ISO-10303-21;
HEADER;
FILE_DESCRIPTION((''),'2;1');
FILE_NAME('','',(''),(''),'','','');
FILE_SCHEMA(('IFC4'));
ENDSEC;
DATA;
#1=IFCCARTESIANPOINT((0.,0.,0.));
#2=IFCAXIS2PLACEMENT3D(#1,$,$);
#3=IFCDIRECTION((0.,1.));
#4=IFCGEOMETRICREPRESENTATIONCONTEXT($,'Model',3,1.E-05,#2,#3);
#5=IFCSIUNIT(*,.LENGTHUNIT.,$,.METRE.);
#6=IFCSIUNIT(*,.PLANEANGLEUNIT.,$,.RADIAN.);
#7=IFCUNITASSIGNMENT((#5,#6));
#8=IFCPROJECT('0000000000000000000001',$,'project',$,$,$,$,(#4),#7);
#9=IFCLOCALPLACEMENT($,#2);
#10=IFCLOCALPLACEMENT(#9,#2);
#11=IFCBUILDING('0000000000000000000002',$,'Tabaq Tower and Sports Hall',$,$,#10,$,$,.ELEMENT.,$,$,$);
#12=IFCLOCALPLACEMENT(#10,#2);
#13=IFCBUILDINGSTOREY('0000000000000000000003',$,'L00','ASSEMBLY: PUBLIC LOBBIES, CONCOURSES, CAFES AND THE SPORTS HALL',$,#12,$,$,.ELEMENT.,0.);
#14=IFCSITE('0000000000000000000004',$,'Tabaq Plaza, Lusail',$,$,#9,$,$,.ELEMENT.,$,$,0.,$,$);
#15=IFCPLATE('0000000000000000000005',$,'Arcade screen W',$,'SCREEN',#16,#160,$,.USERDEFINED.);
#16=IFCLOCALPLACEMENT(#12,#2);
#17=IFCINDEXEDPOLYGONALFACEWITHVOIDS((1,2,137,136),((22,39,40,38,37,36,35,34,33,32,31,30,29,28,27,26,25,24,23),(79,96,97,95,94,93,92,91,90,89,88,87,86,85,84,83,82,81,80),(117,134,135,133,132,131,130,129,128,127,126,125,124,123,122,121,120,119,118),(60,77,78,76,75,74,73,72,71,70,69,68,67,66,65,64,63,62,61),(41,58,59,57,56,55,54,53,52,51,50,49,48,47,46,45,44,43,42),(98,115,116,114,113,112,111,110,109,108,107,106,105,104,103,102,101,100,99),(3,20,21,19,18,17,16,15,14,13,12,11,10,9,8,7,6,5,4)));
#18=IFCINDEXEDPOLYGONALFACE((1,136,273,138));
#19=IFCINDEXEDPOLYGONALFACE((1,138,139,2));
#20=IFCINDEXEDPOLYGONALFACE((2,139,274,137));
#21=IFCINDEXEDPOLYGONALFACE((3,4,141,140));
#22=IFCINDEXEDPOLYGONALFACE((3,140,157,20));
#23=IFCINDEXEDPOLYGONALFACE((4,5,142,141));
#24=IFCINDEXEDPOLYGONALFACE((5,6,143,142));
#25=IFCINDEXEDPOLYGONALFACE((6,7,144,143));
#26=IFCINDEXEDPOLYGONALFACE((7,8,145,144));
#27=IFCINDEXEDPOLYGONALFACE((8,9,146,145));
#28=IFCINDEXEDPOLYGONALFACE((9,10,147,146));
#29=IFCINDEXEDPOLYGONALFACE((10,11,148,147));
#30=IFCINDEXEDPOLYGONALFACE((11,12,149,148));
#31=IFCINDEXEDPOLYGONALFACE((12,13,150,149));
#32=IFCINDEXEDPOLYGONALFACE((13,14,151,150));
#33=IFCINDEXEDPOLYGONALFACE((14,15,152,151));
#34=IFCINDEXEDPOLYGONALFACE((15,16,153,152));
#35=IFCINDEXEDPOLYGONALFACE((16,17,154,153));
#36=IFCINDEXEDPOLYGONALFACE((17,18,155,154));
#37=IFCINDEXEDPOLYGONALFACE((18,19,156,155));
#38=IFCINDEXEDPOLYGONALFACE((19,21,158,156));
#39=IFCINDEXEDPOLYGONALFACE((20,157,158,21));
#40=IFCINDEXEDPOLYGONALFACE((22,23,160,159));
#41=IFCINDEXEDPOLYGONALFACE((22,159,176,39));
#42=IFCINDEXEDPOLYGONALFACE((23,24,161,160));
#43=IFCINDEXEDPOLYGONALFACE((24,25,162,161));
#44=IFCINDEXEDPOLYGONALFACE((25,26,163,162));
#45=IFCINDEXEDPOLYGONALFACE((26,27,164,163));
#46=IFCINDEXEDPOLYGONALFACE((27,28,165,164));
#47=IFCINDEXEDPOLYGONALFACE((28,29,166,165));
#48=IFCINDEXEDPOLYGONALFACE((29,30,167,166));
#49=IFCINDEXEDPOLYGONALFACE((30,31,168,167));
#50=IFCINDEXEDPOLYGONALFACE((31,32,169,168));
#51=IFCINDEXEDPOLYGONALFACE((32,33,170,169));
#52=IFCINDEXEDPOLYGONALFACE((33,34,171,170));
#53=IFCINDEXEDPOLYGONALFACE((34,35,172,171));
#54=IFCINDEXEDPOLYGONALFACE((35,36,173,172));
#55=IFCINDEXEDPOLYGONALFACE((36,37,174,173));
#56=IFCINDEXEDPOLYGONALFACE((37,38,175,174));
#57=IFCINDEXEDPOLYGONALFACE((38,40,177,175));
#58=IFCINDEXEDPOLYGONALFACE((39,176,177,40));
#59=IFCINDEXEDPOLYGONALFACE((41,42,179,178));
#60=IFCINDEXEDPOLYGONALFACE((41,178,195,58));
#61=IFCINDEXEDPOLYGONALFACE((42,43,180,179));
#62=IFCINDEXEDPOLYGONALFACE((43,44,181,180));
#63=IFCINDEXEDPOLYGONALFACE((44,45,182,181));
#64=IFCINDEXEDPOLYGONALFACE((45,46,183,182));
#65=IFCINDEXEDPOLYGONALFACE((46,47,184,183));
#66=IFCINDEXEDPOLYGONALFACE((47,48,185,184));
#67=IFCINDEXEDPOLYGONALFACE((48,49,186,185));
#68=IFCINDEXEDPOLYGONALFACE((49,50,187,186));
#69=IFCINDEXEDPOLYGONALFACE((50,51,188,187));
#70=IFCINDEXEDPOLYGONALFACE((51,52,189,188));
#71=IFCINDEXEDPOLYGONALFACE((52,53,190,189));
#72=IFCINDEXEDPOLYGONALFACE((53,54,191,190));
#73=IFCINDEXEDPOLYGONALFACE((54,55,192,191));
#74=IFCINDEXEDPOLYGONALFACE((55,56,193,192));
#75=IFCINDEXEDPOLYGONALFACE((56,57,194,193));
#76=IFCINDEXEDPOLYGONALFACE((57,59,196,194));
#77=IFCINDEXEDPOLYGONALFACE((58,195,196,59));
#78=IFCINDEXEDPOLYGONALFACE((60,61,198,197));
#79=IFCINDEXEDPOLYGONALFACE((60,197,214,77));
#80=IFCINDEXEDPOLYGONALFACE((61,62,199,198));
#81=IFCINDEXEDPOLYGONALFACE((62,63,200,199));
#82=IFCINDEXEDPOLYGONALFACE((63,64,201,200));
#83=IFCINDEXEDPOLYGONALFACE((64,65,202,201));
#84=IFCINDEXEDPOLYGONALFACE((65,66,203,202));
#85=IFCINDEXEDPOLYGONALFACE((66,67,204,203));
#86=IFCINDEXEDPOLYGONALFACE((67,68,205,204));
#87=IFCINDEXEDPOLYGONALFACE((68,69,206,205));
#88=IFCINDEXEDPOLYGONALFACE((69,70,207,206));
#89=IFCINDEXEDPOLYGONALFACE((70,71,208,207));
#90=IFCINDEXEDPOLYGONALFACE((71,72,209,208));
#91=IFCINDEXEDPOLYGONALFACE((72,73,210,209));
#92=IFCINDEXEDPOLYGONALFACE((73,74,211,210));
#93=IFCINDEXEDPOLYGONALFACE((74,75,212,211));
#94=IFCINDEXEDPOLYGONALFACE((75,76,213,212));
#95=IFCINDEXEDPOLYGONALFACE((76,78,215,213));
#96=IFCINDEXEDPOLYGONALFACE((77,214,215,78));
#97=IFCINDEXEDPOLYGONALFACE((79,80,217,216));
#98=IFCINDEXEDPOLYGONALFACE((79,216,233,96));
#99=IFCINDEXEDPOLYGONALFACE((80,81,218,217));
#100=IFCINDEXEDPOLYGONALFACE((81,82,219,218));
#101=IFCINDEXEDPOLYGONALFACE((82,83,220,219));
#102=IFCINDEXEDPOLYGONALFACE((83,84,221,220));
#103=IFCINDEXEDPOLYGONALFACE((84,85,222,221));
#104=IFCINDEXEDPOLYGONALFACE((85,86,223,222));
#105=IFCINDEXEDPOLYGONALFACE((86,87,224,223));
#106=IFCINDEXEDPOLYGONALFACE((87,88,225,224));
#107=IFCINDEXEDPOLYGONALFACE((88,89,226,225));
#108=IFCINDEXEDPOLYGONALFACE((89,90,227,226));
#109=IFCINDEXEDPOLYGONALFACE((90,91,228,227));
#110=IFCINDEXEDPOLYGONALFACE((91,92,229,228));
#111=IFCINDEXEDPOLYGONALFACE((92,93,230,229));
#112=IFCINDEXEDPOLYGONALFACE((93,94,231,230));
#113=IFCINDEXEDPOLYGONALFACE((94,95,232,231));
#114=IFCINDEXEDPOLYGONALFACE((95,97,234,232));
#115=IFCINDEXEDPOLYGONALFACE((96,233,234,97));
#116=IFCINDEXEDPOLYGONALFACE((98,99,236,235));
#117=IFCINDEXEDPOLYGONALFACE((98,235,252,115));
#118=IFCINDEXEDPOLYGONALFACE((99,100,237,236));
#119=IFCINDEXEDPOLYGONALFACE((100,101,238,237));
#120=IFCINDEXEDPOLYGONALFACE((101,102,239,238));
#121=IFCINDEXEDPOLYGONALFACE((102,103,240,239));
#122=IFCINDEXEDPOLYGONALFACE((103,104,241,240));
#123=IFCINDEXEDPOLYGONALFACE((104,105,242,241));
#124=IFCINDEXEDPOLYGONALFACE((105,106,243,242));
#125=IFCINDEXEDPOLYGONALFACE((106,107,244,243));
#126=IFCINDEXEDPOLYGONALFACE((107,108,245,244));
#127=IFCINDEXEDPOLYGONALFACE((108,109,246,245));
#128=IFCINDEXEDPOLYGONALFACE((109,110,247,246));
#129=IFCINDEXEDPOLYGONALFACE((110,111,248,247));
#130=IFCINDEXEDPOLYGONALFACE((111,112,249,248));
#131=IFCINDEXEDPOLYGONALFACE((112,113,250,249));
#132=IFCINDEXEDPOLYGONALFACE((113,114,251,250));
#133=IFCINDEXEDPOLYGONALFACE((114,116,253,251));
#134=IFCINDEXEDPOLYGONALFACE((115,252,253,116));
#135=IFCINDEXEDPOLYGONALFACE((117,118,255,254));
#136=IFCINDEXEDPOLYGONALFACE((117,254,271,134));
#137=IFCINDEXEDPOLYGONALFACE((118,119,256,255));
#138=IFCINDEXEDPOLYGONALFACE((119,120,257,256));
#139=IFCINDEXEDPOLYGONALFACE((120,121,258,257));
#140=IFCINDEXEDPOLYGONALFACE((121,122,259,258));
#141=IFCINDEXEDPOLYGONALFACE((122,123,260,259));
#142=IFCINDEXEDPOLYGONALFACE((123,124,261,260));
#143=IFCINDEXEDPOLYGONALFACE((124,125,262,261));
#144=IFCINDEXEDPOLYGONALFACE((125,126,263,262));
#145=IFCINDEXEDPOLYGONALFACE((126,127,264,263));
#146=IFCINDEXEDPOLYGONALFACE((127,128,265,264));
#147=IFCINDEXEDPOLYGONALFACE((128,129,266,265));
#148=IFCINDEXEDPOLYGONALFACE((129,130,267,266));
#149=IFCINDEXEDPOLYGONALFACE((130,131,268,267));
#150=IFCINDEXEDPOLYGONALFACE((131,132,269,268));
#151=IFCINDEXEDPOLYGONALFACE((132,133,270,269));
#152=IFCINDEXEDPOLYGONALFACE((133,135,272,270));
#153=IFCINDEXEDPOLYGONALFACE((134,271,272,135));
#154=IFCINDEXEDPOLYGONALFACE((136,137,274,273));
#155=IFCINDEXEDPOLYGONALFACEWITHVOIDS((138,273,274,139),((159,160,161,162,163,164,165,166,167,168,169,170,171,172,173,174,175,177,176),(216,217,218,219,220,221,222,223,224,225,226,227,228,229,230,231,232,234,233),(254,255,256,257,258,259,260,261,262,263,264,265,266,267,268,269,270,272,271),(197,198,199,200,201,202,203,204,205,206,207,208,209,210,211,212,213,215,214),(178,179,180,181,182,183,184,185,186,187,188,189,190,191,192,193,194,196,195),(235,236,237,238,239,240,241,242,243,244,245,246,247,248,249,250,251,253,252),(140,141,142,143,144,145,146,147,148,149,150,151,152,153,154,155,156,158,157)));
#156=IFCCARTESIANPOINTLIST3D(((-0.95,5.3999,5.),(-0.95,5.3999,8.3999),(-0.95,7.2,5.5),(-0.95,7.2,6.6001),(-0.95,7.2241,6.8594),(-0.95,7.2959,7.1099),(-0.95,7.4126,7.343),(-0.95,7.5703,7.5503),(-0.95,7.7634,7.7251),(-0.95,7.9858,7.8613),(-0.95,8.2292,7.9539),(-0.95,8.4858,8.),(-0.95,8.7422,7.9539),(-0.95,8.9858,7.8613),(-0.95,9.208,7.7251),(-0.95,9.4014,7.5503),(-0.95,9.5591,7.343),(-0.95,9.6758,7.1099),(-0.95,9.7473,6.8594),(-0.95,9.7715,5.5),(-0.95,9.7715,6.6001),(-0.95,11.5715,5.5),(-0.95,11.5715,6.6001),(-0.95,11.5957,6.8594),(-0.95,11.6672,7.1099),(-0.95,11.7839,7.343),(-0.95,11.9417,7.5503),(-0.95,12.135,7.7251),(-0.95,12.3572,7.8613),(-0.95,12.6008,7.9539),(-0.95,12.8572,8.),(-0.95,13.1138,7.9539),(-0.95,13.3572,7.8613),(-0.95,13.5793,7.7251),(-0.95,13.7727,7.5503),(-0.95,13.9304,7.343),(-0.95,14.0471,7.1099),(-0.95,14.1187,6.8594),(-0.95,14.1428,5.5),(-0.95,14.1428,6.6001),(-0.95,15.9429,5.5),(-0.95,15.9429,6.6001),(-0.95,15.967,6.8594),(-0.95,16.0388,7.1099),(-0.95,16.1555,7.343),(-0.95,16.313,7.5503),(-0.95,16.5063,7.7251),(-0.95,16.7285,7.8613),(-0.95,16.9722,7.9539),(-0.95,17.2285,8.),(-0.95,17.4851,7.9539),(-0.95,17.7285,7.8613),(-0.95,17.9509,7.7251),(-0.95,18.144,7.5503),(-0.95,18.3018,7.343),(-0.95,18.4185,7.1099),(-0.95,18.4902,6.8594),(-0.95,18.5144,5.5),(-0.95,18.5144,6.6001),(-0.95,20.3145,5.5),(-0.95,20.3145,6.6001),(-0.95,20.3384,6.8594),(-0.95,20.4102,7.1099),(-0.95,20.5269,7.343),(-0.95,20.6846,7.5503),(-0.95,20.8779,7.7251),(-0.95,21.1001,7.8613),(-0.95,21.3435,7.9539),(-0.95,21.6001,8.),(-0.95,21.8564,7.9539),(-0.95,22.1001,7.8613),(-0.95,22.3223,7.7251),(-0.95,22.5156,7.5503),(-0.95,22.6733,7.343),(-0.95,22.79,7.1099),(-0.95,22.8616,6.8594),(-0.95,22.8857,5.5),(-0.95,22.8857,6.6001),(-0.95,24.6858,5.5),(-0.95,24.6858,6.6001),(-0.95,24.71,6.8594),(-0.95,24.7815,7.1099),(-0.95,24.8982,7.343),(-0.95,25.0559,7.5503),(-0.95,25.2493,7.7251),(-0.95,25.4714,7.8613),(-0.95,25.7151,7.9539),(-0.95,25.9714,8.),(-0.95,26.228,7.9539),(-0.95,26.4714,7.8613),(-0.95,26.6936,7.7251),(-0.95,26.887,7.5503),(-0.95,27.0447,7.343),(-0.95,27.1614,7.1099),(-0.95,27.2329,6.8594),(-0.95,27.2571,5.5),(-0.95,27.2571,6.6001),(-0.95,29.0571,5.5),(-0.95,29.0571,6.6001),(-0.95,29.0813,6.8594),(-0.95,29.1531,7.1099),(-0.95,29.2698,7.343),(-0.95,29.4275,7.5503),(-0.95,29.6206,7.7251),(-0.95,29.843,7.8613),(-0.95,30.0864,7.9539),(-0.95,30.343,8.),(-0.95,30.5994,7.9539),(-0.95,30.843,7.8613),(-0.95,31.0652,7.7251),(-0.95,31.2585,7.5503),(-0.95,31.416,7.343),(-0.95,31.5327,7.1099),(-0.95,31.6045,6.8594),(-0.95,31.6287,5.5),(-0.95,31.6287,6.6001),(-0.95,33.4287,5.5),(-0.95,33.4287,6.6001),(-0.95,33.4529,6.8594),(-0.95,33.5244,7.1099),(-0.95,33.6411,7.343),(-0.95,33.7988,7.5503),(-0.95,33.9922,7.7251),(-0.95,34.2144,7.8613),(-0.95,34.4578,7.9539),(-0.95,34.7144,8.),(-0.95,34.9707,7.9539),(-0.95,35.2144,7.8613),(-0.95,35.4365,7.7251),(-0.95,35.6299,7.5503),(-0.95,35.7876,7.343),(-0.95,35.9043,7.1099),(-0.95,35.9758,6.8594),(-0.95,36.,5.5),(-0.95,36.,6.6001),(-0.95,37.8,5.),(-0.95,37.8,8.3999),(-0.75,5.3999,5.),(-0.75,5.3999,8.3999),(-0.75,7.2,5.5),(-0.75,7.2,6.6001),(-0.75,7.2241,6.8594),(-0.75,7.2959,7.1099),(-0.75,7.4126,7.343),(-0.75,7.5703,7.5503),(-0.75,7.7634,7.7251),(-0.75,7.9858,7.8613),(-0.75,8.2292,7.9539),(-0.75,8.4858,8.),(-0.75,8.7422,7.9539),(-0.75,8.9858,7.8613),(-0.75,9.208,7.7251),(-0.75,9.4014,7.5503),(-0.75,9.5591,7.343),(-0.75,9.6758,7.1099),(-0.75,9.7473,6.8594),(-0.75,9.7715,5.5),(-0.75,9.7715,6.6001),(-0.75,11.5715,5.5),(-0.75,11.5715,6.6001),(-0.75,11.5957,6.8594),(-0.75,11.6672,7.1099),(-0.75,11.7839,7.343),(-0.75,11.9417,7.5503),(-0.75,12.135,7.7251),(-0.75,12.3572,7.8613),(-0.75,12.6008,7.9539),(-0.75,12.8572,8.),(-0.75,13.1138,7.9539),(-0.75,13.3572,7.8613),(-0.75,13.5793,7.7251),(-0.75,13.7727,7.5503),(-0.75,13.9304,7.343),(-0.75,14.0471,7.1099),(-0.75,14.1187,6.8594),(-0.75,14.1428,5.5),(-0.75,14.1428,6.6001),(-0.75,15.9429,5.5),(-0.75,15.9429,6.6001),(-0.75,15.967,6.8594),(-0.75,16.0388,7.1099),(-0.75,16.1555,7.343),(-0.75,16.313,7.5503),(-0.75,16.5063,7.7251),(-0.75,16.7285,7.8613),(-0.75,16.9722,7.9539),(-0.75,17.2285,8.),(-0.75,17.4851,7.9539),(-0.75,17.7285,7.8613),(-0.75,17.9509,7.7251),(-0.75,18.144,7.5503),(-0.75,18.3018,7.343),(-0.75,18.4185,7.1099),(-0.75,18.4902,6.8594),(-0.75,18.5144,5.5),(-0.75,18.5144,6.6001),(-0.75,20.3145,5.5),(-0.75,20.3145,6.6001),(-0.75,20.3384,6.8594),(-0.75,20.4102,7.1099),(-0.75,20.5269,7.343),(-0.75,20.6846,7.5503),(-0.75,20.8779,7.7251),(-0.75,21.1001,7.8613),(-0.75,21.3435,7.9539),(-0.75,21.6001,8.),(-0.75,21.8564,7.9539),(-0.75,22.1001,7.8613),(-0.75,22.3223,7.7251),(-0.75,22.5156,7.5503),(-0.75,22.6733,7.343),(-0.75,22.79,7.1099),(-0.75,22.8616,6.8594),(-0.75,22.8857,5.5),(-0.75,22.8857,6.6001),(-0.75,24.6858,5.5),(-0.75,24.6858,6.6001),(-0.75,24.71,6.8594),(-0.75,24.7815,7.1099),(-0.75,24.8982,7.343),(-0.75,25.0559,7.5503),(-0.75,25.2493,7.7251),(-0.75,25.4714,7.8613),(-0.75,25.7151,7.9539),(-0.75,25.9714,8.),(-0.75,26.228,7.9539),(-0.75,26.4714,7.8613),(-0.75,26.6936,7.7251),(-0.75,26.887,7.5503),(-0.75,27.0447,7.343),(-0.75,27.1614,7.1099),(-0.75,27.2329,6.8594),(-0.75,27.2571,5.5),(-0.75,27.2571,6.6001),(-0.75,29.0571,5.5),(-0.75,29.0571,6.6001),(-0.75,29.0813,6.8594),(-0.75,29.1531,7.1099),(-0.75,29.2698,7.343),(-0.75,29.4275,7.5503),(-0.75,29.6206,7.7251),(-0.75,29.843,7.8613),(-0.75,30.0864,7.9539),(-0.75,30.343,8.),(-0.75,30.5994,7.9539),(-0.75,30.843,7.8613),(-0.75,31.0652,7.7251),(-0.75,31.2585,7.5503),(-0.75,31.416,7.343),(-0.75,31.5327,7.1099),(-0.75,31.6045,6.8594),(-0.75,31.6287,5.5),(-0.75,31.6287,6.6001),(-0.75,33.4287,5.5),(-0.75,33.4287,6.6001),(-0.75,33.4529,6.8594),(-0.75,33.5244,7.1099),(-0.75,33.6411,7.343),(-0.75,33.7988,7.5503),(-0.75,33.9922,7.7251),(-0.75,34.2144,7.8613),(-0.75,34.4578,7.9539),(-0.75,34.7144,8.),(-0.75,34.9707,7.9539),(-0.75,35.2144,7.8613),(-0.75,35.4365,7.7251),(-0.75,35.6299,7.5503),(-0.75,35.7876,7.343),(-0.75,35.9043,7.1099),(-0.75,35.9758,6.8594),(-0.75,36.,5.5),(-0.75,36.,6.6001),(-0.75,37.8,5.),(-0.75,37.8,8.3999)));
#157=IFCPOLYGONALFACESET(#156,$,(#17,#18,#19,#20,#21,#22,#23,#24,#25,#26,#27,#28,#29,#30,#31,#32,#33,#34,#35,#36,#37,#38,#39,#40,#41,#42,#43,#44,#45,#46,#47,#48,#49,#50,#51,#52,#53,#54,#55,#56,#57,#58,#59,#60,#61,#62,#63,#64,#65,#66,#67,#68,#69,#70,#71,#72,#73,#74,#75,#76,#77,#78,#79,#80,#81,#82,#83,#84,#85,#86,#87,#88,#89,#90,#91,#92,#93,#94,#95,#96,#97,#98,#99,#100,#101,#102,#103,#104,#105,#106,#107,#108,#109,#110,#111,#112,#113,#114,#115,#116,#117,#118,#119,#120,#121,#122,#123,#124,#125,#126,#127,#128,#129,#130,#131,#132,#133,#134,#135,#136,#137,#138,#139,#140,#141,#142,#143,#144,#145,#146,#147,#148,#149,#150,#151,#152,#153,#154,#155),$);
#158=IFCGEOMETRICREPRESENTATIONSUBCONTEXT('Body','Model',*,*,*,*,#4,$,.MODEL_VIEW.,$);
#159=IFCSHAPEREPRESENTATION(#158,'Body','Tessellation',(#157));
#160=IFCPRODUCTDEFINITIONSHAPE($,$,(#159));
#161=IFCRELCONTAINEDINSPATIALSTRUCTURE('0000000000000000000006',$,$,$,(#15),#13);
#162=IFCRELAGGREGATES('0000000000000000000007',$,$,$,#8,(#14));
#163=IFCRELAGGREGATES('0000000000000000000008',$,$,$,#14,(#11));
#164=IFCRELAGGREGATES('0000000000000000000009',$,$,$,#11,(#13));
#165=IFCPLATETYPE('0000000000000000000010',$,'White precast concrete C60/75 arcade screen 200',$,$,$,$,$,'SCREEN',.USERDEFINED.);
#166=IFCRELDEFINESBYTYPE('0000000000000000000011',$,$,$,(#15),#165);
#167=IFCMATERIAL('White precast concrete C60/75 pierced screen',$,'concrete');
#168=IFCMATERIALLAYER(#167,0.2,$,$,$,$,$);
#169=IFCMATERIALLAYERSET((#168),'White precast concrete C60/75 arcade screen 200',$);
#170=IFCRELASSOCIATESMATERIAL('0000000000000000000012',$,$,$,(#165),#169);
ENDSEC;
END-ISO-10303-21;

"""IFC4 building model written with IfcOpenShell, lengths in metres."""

from ifc_helpers import new_model, si_unit, direction, frame, origin, place, context, subcontext, project, spatial, polyline, outline, extrude, material, layer, layer_set, type_object, element, save


model = new_model("IFC4")

# Units and contexts
model_context = context("Model", 3, precision=1e-05, world=origin(), true_north=direction((0.0, 1.0)))
body_context = subcontext(model_context, "Body", "Model", "MODEL_VIEW")
ifc_project = project(units=[si_unit("LENGTHUNIT", "METRE"), si_unit("PLANEANGLEUNIT", "RADIAN")], contexts=[model_context])

# Site, building, storey
site_placement = place(None, origin())
site = spatial("IfcSite", under=ifc_project, at=site_placement, Name="Tabaq Plaza, Lusail", CompositionType="ELEMENT", RefElevation=0.0)
building_placement = place(site_placement, origin())
building = spatial("IfcBuilding", under=site, at=building_placement, Name="Tabaq Tower and Sports Hall", CompositionType="ELEMENT")
storey_placement = place(building_placement, origin())
storey = spatial("IfcBuildingStorey", under=building, at=storey_placement, Name="L00", Description="ASSEMBLY: PUBLIC LOBBIES, CONCOURSES, CAFES AND THE SPORTS HALL", CompositionType="ELEMENT", Elevation=0.0)

# Plate
ifc_material_1 = material(Name="White precast concrete C60/75 pierced screen", Category="concrete")
ifc_layer_1 = layer(ifc_material_1, 0.2)
ifc_layer_set_1 = layer_set([ifc_layer_1], Name="White precast concrete C60/75 arcade screen 200")
plate_type_1 = type_object("IfcPlateType", Name="White precast concrete C60/75 arcade screen 200", ElementType="SCREEN", PredefinedType="USERDEFINED", material=ifc_layer_set_1)
plate_1_placement = place(storey_placement, frame((-0.8501, 37.8, 5.0), z_axis=(0.0, 0.0, 1.0), x_axis=(0.0, -1.0, 0.0)))
element("IfcPlate", 1, at=plate_1_placement, inside=storey, type_object=plate_type_1, Name="Arcade screen W", ObjectType="SCREEN", PredefinedType="USERDEFINED", context=body_context, shape_type="SweptSolid", body=[
    extrude(outline(polyline([(0.0, 0.0), (32.4001, 0.0), (32.4001, 3.3999), (0.0, 3.3999), (0.0, 0.0)]), holes=[polyline([(1.8, 0.5), (4.3713, 0.5), (4.3713, 1.6001), (4.3472, 1.8594), (4.2756, 2.1099), (4.1589, 2.343), (4.0012, 2.5503), (3.8079, 2.7251), (3.5857, 2.8613), (3.3423, 2.9539), (3.0857, 3.0), (2.8293, 2.9539), (2.5857, 2.8613), (2.3635, 2.7251), (2.1702, 2.5503), (2.0125, 2.343), (1.8958, 2.1099), (1.8242, 1.8594), (1.8, 1.6001), (1.8, 0.5)]), polyline([(6.1714, 0.5), (8.7429, 0.5), (8.7429, 1.6001), (8.7188, 1.8594), (8.647, 2.1099), (8.5303, 2.343), (8.3726, 2.5503), (8.1794, 2.7251), (7.957, 2.8613), (7.7136, 2.9539), (7.457, 3.0), (7.2007, 2.9539), (6.957, 2.8613), (6.7349, 2.7251), (6.5415, 2.5503), (6.384, 2.343), (6.2673, 2.1099), (6.1956, 1.8594), (6.1714, 1.6001), (6.1714, 0.5)]), polyline([(10.543, 0.5), (13.1143, 0.5), (13.1143, 1.6001), (13.0901, 1.8594), (13.0186, 2.1099), (12.9019, 2.343), (12.7441, 2.5503), (12.5508, 2.7251), (12.3286, 2.8613), (12.085, 2.9539), (11.8286, 3.0), (11.572, 2.9539), (11.3286, 2.8613), (11.1064, 2.7251), (10.9131, 2.5503), (10.7554, 2.343), (10.6387, 2.1099), (10.5671, 1.8594), (10.543, 1.6001), (10.543, 0.5)]), polyline([(14.9143, 0.5), (17.4856, 0.5), (17.4856, 1.6001), (17.4617, 1.8594), (17.3899, 2.1099), (17.2732, 2.343), (17.1155, 2.5503), (16.9221, 2.7251), (16.7, 2.8613), (16.4565, 2.9539), (16.2, 3.0), (15.9436, 2.9539), (15.7, 2.8613), (15.4778, 2.7251), (15.2844, 2.5503), (15.1267, 2.343), (15.01, 2.1099), (14.9385, 1.8594), (14.9143, 1.6001), (14.9143, 0.5)]), polyline([(19.2856, 0.5), (21.8572, 0.5), (21.8572, 1.6001), (21.833, 1.8594), (21.7612, 2.1099), (21.6445, 2.343), (21.4871, 2.5503), (21.2937, 2.7251), (21.0715, 2.8613), (20.8279, 2.9539), (20.5715, 3.0), (20.3149, 2.9539), (20.0715, 2.8613), (19.8491, 2.7251), (19.656, 2.5503), (19.4983, 2.343), (19.3816, 2.1099), (19.3098, 1.8594), (19.2856, 1.6001), (19.2856, 0.5)]), polyline([(23.6572, 0.5), (26.2285, 0.5), (26.2285, 1.6001), (26.2043, 1.8594), (26.1328, 2.1099), (26.0161, 2.343), (25.8584, 2.5503), (25.665, 2.7251), (25.4429, 2.8613), (25.1992, 2.9539), (24.9429, 3.0), (24.6863, 2.9539), (24.4429, 2.8613), (24.2207, 2.7251), (24.0273, 2.5503), (23.8696, 2.343), (23.7529, 2.1099), (23.6814, 1.8594), (23.6572, 1.6001), (23.6572, 0.5)]), polyline([(28.0286, 0.5), (30.6001, 0.5), (30.6001, 1.6001), (30.5759, 1.8594), (30.5042, 2.1099), (30.3875, 2.343), (30.2297, 2.5503), (30.0366, 2.7251), (29.8142, 2.8613), (29.5708, 2.9539), (29.3142, 3.0), (29.0579, 2.9539), (28.8142, 2.8613), (28.592, 2.7251), (28.3987, 2.5503), (28.241, 2.343), (28.1243, 2.1099), (28.0527, 1.8594), (28.0286, 1.6001), (28.0286, 0.5)])]), frame((0.0, 0.1001, 0.0), z_axis=(0.0, -1.0, 0.0), x_axis=(1.0, 0.0, 0.0)), (0.0, 0.0, 1.0), 0.2),
])

save(model, "model.ifc")
